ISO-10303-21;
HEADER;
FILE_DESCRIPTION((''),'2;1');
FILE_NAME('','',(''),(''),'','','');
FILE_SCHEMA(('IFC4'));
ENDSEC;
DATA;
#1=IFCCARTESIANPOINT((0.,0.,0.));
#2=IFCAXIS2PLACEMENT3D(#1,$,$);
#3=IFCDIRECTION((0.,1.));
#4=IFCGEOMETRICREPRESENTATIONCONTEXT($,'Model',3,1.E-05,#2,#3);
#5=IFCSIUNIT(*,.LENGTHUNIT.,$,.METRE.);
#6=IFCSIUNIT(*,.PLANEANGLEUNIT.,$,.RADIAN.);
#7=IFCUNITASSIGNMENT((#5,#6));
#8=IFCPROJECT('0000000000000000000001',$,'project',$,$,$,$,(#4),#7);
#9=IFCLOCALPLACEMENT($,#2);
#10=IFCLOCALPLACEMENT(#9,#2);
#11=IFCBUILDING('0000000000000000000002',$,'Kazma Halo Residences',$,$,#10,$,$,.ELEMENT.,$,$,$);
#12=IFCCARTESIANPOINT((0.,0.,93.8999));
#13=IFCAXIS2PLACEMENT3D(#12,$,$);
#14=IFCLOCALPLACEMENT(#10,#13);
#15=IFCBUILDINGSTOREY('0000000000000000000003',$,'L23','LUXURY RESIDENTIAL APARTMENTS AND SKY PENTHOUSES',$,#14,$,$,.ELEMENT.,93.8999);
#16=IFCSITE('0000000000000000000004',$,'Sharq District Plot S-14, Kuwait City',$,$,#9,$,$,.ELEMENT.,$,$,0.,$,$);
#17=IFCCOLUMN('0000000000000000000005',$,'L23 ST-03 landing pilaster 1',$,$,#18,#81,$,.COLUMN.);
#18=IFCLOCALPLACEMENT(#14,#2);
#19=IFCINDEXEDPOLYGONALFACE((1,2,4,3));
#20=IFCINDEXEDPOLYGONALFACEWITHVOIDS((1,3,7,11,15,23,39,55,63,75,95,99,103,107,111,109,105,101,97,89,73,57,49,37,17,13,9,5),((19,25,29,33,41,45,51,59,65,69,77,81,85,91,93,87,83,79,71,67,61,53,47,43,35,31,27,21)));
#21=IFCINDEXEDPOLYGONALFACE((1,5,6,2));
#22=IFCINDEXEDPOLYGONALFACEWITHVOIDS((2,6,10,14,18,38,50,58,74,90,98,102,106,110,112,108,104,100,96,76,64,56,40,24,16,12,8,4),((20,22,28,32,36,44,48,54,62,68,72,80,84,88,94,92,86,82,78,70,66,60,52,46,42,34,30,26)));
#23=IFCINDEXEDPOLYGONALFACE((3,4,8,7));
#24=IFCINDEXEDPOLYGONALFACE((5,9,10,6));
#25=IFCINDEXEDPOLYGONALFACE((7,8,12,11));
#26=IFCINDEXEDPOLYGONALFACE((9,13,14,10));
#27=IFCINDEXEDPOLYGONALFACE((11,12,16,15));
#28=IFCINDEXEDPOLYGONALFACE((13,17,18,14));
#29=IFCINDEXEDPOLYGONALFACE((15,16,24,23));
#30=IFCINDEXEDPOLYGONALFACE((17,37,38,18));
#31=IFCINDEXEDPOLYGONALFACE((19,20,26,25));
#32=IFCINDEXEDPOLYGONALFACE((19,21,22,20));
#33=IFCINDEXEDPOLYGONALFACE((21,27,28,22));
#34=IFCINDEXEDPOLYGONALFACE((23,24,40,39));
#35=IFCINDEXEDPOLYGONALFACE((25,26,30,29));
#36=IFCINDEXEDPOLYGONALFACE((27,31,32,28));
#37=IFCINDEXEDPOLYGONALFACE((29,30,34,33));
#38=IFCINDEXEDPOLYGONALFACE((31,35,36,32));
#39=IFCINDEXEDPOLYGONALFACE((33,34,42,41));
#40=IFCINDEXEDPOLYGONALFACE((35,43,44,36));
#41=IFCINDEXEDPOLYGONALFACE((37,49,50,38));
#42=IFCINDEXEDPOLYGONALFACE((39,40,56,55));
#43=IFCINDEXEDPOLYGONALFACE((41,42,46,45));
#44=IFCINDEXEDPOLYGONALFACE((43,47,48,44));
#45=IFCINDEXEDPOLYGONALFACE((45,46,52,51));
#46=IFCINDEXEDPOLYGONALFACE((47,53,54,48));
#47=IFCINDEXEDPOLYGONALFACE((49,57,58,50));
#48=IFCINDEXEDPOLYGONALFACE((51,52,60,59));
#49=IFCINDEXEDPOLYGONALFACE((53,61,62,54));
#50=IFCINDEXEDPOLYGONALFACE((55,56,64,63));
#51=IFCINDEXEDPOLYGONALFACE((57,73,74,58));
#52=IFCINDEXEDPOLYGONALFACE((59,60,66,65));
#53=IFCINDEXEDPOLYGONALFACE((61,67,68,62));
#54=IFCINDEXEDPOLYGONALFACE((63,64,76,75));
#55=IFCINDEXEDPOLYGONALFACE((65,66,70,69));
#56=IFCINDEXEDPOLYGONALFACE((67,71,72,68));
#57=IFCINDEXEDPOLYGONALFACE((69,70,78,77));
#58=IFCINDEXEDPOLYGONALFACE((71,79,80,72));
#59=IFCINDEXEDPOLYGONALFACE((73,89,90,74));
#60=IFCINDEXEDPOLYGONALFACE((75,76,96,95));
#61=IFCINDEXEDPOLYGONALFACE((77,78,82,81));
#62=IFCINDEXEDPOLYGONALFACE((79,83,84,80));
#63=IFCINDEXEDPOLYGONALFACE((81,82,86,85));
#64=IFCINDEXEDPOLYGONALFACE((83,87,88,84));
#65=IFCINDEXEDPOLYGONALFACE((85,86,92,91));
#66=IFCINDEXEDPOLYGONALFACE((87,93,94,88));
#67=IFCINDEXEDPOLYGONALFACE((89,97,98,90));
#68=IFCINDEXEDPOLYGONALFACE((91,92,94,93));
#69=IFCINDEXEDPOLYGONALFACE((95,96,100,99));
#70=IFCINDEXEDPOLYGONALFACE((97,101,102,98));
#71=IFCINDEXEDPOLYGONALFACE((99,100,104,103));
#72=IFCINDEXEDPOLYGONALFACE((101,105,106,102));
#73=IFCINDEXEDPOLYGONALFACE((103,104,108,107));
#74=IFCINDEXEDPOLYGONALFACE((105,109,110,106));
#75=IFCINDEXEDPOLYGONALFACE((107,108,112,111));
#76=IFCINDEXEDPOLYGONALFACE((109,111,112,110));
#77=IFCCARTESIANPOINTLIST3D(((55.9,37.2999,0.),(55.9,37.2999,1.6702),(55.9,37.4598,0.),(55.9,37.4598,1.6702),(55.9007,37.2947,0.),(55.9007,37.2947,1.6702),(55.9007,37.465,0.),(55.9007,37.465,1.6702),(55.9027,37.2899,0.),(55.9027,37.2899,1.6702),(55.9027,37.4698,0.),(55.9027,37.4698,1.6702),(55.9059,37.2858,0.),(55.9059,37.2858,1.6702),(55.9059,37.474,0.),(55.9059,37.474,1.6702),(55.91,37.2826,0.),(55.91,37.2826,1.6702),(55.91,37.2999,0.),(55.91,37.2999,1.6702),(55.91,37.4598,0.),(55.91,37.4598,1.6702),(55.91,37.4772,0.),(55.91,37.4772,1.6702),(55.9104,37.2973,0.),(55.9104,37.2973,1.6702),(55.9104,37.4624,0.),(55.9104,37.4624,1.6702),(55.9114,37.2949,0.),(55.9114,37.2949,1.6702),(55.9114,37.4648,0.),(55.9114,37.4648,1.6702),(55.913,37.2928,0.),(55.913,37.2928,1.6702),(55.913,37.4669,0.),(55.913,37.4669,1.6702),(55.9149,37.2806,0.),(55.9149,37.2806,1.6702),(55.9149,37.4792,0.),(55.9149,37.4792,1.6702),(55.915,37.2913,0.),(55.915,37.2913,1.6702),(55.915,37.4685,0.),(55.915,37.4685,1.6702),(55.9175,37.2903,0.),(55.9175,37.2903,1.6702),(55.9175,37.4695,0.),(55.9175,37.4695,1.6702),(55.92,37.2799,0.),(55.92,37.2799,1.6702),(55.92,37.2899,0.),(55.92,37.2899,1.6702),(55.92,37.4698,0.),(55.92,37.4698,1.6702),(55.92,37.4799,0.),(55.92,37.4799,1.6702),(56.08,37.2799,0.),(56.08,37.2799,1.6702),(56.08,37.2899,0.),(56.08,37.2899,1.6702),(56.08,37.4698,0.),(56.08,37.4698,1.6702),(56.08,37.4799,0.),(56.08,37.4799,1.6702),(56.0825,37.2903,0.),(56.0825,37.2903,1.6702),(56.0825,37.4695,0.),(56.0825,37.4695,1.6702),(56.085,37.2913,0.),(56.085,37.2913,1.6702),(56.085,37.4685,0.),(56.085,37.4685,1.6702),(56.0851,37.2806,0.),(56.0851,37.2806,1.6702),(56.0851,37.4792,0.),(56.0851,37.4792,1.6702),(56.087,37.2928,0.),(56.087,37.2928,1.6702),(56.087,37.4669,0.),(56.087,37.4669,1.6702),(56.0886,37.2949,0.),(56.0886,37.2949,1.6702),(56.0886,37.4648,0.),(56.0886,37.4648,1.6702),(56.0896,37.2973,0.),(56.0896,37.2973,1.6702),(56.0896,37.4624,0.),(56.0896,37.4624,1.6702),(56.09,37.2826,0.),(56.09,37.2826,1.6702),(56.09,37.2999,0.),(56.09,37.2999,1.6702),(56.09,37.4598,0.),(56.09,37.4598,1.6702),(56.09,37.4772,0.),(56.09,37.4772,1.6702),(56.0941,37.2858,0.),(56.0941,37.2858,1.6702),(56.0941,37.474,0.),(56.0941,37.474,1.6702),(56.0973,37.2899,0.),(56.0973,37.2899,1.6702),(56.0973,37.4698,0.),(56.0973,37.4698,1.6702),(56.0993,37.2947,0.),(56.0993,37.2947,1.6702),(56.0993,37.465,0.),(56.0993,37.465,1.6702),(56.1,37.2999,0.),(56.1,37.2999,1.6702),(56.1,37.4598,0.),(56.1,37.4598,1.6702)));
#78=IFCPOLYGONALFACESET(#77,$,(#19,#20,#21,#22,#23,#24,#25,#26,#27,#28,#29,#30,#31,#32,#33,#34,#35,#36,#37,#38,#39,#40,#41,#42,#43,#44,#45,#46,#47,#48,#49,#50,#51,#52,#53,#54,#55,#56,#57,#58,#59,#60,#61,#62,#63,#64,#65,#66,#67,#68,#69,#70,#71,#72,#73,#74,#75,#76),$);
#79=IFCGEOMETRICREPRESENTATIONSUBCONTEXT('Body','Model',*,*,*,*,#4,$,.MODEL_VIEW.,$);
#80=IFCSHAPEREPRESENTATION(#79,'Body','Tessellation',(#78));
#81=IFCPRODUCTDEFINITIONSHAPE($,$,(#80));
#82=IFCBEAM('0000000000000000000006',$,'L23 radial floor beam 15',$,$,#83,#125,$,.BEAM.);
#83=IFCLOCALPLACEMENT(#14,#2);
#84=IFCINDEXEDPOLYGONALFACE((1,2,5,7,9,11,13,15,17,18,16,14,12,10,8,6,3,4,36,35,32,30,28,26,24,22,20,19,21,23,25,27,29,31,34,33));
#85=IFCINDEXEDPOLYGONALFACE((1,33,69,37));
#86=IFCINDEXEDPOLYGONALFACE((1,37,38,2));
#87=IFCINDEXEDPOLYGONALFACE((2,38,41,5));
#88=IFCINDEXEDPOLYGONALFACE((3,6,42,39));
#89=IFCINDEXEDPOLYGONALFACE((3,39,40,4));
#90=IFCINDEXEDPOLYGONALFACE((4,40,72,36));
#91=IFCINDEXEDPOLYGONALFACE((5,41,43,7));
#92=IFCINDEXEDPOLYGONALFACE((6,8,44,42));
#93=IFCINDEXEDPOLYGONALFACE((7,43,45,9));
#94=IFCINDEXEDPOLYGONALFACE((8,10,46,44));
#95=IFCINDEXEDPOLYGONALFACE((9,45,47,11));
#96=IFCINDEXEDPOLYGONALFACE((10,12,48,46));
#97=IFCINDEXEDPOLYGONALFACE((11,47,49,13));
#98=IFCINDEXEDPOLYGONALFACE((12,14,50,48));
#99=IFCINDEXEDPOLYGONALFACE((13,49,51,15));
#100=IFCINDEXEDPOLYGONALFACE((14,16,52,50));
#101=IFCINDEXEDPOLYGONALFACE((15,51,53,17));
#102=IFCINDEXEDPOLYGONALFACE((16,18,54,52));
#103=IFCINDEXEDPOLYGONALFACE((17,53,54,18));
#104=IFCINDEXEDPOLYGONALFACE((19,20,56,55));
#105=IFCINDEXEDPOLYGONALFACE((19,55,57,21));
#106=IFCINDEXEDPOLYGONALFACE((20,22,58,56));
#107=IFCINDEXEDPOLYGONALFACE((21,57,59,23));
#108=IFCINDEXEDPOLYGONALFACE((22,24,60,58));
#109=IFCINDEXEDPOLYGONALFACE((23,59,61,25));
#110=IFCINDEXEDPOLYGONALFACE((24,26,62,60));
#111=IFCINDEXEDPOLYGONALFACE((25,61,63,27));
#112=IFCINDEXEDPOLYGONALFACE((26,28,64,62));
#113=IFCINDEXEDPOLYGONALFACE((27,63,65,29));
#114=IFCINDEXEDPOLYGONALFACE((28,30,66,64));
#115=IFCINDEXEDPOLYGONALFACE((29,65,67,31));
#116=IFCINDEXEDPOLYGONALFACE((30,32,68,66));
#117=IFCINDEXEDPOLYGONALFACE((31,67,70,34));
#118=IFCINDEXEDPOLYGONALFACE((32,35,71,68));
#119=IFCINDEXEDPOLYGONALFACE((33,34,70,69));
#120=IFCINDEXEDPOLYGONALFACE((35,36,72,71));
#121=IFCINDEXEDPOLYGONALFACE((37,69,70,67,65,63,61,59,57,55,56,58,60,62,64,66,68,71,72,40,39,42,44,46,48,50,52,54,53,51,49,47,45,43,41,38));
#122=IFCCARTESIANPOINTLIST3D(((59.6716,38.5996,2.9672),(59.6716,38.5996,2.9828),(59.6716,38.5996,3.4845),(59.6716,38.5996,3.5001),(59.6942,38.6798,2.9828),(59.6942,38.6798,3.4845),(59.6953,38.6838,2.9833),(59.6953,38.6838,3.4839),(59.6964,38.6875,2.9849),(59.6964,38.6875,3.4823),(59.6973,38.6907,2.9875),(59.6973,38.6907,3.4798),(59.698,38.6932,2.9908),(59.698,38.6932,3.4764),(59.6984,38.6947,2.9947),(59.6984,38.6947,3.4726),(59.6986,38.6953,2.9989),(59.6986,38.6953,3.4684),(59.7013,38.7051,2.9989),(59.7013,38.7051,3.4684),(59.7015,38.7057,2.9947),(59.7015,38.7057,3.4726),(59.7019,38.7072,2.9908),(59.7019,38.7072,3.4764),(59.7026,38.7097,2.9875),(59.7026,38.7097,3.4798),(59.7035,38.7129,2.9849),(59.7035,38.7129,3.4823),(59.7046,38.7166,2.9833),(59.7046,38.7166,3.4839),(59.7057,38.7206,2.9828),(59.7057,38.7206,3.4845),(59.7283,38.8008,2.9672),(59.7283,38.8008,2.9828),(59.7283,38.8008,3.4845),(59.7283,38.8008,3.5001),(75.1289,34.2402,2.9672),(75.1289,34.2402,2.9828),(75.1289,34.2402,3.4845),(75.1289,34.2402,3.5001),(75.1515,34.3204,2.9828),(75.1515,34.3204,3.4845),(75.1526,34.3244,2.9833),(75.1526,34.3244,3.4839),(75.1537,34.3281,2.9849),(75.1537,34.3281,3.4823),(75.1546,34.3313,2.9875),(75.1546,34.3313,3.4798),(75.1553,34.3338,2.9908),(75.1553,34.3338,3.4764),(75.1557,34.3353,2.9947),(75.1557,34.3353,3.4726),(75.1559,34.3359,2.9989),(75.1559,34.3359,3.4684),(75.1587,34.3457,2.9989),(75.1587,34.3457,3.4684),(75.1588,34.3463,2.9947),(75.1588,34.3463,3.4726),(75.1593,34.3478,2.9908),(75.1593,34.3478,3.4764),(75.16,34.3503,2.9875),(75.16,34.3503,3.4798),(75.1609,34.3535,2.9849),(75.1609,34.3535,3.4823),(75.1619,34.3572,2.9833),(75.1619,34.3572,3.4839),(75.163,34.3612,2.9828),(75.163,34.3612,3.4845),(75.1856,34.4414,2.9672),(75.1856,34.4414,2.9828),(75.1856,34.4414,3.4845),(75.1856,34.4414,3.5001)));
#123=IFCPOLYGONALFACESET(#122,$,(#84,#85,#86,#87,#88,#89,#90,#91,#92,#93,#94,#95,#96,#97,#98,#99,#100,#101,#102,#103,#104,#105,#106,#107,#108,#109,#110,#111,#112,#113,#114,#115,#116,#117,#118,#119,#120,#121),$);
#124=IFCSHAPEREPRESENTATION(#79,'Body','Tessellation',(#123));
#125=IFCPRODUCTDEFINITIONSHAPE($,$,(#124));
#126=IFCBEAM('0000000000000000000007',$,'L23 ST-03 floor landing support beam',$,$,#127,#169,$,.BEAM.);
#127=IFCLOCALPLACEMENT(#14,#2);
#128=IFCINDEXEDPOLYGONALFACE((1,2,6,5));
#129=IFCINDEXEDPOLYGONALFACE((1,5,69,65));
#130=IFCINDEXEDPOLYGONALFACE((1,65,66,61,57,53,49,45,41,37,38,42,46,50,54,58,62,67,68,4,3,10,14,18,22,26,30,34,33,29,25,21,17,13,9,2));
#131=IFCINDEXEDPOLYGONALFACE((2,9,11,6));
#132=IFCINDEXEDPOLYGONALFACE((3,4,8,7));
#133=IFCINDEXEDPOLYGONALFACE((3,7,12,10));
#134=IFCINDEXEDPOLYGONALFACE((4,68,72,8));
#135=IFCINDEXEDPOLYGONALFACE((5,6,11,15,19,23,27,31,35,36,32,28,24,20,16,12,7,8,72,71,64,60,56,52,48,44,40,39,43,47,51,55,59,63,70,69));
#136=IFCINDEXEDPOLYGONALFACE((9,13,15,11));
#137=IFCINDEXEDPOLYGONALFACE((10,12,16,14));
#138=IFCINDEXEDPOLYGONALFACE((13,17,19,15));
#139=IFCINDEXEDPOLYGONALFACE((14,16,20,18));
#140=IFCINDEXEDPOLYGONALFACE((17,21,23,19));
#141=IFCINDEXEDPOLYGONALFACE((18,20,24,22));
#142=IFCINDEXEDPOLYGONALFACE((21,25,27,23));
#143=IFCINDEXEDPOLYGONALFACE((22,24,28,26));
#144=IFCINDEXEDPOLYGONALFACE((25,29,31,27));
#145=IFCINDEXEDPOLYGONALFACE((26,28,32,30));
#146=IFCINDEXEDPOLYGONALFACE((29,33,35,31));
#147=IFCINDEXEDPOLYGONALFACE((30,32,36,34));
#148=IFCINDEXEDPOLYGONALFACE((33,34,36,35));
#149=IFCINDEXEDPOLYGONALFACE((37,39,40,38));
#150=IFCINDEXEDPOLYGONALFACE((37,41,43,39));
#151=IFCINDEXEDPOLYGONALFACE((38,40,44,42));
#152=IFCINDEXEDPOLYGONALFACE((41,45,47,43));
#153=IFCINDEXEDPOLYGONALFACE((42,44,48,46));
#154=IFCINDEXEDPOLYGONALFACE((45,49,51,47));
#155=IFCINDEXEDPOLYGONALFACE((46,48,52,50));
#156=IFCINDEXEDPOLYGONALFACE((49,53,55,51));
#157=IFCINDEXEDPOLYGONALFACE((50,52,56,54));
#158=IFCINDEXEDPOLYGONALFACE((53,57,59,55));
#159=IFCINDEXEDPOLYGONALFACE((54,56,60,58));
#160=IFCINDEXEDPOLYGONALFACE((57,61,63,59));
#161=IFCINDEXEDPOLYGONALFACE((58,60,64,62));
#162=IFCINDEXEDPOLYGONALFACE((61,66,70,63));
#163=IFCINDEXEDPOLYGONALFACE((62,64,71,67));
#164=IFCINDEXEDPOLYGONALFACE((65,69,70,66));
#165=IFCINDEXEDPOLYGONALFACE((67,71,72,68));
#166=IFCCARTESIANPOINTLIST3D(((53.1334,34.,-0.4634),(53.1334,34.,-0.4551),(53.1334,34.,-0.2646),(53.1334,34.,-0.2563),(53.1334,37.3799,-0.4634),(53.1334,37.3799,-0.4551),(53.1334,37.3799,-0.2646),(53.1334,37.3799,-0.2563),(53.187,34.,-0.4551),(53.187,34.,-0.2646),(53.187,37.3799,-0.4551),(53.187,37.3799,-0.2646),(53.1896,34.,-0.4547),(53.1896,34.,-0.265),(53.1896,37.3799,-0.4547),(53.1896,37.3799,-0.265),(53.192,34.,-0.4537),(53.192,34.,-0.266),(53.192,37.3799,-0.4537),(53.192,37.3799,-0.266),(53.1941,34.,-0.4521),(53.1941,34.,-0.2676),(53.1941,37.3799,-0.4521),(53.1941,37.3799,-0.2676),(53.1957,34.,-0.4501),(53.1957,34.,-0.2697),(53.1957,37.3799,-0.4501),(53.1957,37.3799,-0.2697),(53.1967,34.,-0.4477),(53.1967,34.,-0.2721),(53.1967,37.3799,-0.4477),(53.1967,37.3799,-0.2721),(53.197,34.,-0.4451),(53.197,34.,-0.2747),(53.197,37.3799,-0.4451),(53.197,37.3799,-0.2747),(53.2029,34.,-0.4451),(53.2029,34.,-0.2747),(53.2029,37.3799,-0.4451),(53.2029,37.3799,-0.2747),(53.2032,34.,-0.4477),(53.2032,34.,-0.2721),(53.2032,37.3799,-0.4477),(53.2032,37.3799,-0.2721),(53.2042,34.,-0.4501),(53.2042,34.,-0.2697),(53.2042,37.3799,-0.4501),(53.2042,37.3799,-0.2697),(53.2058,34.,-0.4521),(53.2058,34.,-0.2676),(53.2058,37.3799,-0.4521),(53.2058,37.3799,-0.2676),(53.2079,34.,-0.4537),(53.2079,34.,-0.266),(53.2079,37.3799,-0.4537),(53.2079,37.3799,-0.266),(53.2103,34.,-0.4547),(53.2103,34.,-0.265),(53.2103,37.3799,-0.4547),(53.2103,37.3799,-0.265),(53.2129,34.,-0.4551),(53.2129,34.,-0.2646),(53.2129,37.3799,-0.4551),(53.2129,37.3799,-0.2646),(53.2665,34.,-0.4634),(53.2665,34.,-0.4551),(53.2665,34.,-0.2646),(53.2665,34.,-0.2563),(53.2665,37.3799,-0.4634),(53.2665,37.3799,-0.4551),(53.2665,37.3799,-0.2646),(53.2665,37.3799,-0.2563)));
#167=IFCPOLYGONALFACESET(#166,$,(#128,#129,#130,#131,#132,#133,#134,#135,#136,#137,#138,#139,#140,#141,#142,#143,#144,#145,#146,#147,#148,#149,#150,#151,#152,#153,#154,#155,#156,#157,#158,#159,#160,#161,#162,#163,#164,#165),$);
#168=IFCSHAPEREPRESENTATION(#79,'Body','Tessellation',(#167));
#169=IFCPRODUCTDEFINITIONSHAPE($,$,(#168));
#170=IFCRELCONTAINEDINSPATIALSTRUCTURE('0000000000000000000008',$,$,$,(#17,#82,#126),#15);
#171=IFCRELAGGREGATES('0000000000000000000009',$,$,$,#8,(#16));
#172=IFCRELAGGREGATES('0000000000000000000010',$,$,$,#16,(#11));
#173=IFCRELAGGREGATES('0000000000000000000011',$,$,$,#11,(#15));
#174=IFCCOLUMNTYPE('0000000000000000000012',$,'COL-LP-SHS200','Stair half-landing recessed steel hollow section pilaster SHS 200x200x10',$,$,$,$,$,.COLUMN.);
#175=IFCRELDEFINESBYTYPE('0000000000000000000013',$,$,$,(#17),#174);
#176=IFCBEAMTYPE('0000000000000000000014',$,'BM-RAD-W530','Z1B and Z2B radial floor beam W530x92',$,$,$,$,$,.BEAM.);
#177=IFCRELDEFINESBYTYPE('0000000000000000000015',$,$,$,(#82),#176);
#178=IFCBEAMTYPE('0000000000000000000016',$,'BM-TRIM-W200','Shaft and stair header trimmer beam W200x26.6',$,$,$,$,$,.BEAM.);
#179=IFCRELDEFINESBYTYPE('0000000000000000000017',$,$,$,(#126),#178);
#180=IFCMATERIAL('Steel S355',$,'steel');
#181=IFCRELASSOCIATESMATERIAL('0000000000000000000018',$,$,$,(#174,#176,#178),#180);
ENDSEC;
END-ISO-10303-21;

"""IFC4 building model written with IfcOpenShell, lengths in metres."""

from ifc_helpers import new_model, si_unit, direction, frame, origin, origin_2d, place, context, subcontext, project, spatial, hollow_rectangle, i_section, extrude, material, material_profile, profile_set, type_object, element, save


model = new_model("IFC4")

# Units and contexts
model_context = context("Model", 3, precision=1e-05, world=origin(), true_north=direction((0.0, 1.0)))
body_context = subcontext(model_context, "Body", "Model", "MODEL_VIEW")
ifc_project = project(units=[si_unit("LENGTHUNIT", "METRE"), si_unit("PLANEANGLEUNIT", "RADIAN")], contexts=[model_context])

# Site, building, storey
site_placement = place(None, origin())
site = spatial("IfcSite", under=ifc_project, at=site_placement, Name="Sharq District Plot S-14, Kuwait City", CompositionType="ELEMENT", RefElevation=0.0)
building_placement = place(site_placement, origin())
building = spatial("IfcBuilding", under=site, at=building_placement, Name="Kazma Halo Residences", CompositionType="ELEMENT")
storey_placement = place(building_placement, frame((0.0, 0.0, 93.8999)))
storey = spatial("IfcBuildingStorey", under=building, at=storey_placement, Name="L23", Description="LUXURY RESIDENTIAL APARTMENTS AND SKY PENTHOUSES", CompositionType="ELEMENT", Elevation=93.8999)

# Column
ifc_material_1 = material(Name="Steel S355", Category="steel")
ifc_material_profile_1 = material_profile(ifc_material_1, hollow_rectangle(XDim=0.2, YDim=0.2, WallThickness=0.01, InnerFilletRadius=0.01, OuterFilletRadius=0.02, at=origin_2d()), Name="SHS200x200x10")
ifc_profile_set_1 = profile_set([ifc_material_profile_1], Name="Steel S355")
column_type = type_object("IfcColumnType", Name="COL-LP-SHS200", Description="Stair half-landing recessed steel hollow section pilaster SHS 200x200x10", PredefinedType="COLUMN", material=ifc_profile_set_1)
column_placement = place(storey_placement, frame((56.0, 37.3799, 0.0), z_axis=(0.0, 0.0, 1.0), x_axis=(1.0, 0.0, 0.0)))
element("IfcColumn", 1, at=column_placement, inside=storey, type_object=column_type, Name="L23 ST-03 landing pilaster 1", PredefinedType="COLUMN", context=body_context, shape_type="SweptSolid", body=[
    extrude(hollow_rectangle(XDim=0.2, YDim=0.2, WallThickness=0.01, InnerFilletRadius=0.01, OuterFilletRadius=0.02, at=origin_2d()), origin(), (0.0, 0.0, 1.0), 1.6702),
])

# Beams
ifc_material_profile_2 = material_profile(ifc_material_1, i_section(OverallWidth=0.209, OverallDepth=0.533, WebThickness=0.0103, FlangeThickness=0.0156, FilletRadius=0.0161, at=origin_2d()), Name="W530x92")
ifc_profile_set_2 = profile_set([ifc_material_profile_2], Name="Steel S355")
beam_type_1 = type_object("IfcBeamType", Name="BM-RAD-W530", Description="Z1B and Z2B radial floor beam W530x92", PredefinedType="BEAM", material=ifc_profile_set_2)
beam_1_placement = place(storey_placement, frame((59.7, 38.7002, 3.2336), z_axis=(0.962456, -0.271439, 0.0), x_axis=(0.271439, 0.962456, 0.0)))
element("IfcBeam", 2, at=beam_1_placement, inside=storey, type_object=beam_type_1, Name="L23 radial floor beam 15", PredefinedType="BEAM", context=body_context, shape_type="SweptSolid", body=[
    extrude(i_section(OverallWidth=0.209, OverallDepth=0.533, WebThickness=0.0103, FlangeThickness=0.0156, FilletRadius=0.0161, at=origin_2d()), origin(), (0.0, 0.0, 1.0), 16.0603),
])
ifc_material_profile_3 = material_profile(ifc_material_1, i_section(OverallWidth=0.1331, OverallDepth=0.207, WebThickness=0.0059, FlangeThickness=0.0083, FilletRadius=0.01, at=origin_2d()), Name="W200x26.6")
ifc_profile_set_3 = profile_set([ifc_material_profile_3], Name="Steel S355")
beam_type_2 = type_object("IfcBeamType", Name="BM-TRIM-W200", Description="Shaft and stair header trimmer beam W200x26.6", PredefinedType="BEAM", material=ifc_profile_set_3)
beam_2_placement = place(storey_placement, frame((53.2, 34.0, -0.3599), z_axis=(0.0, 1.0, 0.0), x_axis=(-1.0, 0.0, 0.0)))
element("IfcBeam", 3, at=beam_2_placement, inside=storey, type_object=beam_type_2, Name="L23 ST-03 floor landing support beam", PredefinedType="BEAM", context=body_context, shape_type="SweptSolid", body=[
    extrude(i_section(OverallWidth=0.1331, OverallDepth=0.207, WebThickness=0.0059, FlangeThickness=0.0083, FilletRadius=0.01, at=origin_2d()), origin(), (0.0, 0.0, 1.0), 3.3799),
])

save(model, "model.ifc")
